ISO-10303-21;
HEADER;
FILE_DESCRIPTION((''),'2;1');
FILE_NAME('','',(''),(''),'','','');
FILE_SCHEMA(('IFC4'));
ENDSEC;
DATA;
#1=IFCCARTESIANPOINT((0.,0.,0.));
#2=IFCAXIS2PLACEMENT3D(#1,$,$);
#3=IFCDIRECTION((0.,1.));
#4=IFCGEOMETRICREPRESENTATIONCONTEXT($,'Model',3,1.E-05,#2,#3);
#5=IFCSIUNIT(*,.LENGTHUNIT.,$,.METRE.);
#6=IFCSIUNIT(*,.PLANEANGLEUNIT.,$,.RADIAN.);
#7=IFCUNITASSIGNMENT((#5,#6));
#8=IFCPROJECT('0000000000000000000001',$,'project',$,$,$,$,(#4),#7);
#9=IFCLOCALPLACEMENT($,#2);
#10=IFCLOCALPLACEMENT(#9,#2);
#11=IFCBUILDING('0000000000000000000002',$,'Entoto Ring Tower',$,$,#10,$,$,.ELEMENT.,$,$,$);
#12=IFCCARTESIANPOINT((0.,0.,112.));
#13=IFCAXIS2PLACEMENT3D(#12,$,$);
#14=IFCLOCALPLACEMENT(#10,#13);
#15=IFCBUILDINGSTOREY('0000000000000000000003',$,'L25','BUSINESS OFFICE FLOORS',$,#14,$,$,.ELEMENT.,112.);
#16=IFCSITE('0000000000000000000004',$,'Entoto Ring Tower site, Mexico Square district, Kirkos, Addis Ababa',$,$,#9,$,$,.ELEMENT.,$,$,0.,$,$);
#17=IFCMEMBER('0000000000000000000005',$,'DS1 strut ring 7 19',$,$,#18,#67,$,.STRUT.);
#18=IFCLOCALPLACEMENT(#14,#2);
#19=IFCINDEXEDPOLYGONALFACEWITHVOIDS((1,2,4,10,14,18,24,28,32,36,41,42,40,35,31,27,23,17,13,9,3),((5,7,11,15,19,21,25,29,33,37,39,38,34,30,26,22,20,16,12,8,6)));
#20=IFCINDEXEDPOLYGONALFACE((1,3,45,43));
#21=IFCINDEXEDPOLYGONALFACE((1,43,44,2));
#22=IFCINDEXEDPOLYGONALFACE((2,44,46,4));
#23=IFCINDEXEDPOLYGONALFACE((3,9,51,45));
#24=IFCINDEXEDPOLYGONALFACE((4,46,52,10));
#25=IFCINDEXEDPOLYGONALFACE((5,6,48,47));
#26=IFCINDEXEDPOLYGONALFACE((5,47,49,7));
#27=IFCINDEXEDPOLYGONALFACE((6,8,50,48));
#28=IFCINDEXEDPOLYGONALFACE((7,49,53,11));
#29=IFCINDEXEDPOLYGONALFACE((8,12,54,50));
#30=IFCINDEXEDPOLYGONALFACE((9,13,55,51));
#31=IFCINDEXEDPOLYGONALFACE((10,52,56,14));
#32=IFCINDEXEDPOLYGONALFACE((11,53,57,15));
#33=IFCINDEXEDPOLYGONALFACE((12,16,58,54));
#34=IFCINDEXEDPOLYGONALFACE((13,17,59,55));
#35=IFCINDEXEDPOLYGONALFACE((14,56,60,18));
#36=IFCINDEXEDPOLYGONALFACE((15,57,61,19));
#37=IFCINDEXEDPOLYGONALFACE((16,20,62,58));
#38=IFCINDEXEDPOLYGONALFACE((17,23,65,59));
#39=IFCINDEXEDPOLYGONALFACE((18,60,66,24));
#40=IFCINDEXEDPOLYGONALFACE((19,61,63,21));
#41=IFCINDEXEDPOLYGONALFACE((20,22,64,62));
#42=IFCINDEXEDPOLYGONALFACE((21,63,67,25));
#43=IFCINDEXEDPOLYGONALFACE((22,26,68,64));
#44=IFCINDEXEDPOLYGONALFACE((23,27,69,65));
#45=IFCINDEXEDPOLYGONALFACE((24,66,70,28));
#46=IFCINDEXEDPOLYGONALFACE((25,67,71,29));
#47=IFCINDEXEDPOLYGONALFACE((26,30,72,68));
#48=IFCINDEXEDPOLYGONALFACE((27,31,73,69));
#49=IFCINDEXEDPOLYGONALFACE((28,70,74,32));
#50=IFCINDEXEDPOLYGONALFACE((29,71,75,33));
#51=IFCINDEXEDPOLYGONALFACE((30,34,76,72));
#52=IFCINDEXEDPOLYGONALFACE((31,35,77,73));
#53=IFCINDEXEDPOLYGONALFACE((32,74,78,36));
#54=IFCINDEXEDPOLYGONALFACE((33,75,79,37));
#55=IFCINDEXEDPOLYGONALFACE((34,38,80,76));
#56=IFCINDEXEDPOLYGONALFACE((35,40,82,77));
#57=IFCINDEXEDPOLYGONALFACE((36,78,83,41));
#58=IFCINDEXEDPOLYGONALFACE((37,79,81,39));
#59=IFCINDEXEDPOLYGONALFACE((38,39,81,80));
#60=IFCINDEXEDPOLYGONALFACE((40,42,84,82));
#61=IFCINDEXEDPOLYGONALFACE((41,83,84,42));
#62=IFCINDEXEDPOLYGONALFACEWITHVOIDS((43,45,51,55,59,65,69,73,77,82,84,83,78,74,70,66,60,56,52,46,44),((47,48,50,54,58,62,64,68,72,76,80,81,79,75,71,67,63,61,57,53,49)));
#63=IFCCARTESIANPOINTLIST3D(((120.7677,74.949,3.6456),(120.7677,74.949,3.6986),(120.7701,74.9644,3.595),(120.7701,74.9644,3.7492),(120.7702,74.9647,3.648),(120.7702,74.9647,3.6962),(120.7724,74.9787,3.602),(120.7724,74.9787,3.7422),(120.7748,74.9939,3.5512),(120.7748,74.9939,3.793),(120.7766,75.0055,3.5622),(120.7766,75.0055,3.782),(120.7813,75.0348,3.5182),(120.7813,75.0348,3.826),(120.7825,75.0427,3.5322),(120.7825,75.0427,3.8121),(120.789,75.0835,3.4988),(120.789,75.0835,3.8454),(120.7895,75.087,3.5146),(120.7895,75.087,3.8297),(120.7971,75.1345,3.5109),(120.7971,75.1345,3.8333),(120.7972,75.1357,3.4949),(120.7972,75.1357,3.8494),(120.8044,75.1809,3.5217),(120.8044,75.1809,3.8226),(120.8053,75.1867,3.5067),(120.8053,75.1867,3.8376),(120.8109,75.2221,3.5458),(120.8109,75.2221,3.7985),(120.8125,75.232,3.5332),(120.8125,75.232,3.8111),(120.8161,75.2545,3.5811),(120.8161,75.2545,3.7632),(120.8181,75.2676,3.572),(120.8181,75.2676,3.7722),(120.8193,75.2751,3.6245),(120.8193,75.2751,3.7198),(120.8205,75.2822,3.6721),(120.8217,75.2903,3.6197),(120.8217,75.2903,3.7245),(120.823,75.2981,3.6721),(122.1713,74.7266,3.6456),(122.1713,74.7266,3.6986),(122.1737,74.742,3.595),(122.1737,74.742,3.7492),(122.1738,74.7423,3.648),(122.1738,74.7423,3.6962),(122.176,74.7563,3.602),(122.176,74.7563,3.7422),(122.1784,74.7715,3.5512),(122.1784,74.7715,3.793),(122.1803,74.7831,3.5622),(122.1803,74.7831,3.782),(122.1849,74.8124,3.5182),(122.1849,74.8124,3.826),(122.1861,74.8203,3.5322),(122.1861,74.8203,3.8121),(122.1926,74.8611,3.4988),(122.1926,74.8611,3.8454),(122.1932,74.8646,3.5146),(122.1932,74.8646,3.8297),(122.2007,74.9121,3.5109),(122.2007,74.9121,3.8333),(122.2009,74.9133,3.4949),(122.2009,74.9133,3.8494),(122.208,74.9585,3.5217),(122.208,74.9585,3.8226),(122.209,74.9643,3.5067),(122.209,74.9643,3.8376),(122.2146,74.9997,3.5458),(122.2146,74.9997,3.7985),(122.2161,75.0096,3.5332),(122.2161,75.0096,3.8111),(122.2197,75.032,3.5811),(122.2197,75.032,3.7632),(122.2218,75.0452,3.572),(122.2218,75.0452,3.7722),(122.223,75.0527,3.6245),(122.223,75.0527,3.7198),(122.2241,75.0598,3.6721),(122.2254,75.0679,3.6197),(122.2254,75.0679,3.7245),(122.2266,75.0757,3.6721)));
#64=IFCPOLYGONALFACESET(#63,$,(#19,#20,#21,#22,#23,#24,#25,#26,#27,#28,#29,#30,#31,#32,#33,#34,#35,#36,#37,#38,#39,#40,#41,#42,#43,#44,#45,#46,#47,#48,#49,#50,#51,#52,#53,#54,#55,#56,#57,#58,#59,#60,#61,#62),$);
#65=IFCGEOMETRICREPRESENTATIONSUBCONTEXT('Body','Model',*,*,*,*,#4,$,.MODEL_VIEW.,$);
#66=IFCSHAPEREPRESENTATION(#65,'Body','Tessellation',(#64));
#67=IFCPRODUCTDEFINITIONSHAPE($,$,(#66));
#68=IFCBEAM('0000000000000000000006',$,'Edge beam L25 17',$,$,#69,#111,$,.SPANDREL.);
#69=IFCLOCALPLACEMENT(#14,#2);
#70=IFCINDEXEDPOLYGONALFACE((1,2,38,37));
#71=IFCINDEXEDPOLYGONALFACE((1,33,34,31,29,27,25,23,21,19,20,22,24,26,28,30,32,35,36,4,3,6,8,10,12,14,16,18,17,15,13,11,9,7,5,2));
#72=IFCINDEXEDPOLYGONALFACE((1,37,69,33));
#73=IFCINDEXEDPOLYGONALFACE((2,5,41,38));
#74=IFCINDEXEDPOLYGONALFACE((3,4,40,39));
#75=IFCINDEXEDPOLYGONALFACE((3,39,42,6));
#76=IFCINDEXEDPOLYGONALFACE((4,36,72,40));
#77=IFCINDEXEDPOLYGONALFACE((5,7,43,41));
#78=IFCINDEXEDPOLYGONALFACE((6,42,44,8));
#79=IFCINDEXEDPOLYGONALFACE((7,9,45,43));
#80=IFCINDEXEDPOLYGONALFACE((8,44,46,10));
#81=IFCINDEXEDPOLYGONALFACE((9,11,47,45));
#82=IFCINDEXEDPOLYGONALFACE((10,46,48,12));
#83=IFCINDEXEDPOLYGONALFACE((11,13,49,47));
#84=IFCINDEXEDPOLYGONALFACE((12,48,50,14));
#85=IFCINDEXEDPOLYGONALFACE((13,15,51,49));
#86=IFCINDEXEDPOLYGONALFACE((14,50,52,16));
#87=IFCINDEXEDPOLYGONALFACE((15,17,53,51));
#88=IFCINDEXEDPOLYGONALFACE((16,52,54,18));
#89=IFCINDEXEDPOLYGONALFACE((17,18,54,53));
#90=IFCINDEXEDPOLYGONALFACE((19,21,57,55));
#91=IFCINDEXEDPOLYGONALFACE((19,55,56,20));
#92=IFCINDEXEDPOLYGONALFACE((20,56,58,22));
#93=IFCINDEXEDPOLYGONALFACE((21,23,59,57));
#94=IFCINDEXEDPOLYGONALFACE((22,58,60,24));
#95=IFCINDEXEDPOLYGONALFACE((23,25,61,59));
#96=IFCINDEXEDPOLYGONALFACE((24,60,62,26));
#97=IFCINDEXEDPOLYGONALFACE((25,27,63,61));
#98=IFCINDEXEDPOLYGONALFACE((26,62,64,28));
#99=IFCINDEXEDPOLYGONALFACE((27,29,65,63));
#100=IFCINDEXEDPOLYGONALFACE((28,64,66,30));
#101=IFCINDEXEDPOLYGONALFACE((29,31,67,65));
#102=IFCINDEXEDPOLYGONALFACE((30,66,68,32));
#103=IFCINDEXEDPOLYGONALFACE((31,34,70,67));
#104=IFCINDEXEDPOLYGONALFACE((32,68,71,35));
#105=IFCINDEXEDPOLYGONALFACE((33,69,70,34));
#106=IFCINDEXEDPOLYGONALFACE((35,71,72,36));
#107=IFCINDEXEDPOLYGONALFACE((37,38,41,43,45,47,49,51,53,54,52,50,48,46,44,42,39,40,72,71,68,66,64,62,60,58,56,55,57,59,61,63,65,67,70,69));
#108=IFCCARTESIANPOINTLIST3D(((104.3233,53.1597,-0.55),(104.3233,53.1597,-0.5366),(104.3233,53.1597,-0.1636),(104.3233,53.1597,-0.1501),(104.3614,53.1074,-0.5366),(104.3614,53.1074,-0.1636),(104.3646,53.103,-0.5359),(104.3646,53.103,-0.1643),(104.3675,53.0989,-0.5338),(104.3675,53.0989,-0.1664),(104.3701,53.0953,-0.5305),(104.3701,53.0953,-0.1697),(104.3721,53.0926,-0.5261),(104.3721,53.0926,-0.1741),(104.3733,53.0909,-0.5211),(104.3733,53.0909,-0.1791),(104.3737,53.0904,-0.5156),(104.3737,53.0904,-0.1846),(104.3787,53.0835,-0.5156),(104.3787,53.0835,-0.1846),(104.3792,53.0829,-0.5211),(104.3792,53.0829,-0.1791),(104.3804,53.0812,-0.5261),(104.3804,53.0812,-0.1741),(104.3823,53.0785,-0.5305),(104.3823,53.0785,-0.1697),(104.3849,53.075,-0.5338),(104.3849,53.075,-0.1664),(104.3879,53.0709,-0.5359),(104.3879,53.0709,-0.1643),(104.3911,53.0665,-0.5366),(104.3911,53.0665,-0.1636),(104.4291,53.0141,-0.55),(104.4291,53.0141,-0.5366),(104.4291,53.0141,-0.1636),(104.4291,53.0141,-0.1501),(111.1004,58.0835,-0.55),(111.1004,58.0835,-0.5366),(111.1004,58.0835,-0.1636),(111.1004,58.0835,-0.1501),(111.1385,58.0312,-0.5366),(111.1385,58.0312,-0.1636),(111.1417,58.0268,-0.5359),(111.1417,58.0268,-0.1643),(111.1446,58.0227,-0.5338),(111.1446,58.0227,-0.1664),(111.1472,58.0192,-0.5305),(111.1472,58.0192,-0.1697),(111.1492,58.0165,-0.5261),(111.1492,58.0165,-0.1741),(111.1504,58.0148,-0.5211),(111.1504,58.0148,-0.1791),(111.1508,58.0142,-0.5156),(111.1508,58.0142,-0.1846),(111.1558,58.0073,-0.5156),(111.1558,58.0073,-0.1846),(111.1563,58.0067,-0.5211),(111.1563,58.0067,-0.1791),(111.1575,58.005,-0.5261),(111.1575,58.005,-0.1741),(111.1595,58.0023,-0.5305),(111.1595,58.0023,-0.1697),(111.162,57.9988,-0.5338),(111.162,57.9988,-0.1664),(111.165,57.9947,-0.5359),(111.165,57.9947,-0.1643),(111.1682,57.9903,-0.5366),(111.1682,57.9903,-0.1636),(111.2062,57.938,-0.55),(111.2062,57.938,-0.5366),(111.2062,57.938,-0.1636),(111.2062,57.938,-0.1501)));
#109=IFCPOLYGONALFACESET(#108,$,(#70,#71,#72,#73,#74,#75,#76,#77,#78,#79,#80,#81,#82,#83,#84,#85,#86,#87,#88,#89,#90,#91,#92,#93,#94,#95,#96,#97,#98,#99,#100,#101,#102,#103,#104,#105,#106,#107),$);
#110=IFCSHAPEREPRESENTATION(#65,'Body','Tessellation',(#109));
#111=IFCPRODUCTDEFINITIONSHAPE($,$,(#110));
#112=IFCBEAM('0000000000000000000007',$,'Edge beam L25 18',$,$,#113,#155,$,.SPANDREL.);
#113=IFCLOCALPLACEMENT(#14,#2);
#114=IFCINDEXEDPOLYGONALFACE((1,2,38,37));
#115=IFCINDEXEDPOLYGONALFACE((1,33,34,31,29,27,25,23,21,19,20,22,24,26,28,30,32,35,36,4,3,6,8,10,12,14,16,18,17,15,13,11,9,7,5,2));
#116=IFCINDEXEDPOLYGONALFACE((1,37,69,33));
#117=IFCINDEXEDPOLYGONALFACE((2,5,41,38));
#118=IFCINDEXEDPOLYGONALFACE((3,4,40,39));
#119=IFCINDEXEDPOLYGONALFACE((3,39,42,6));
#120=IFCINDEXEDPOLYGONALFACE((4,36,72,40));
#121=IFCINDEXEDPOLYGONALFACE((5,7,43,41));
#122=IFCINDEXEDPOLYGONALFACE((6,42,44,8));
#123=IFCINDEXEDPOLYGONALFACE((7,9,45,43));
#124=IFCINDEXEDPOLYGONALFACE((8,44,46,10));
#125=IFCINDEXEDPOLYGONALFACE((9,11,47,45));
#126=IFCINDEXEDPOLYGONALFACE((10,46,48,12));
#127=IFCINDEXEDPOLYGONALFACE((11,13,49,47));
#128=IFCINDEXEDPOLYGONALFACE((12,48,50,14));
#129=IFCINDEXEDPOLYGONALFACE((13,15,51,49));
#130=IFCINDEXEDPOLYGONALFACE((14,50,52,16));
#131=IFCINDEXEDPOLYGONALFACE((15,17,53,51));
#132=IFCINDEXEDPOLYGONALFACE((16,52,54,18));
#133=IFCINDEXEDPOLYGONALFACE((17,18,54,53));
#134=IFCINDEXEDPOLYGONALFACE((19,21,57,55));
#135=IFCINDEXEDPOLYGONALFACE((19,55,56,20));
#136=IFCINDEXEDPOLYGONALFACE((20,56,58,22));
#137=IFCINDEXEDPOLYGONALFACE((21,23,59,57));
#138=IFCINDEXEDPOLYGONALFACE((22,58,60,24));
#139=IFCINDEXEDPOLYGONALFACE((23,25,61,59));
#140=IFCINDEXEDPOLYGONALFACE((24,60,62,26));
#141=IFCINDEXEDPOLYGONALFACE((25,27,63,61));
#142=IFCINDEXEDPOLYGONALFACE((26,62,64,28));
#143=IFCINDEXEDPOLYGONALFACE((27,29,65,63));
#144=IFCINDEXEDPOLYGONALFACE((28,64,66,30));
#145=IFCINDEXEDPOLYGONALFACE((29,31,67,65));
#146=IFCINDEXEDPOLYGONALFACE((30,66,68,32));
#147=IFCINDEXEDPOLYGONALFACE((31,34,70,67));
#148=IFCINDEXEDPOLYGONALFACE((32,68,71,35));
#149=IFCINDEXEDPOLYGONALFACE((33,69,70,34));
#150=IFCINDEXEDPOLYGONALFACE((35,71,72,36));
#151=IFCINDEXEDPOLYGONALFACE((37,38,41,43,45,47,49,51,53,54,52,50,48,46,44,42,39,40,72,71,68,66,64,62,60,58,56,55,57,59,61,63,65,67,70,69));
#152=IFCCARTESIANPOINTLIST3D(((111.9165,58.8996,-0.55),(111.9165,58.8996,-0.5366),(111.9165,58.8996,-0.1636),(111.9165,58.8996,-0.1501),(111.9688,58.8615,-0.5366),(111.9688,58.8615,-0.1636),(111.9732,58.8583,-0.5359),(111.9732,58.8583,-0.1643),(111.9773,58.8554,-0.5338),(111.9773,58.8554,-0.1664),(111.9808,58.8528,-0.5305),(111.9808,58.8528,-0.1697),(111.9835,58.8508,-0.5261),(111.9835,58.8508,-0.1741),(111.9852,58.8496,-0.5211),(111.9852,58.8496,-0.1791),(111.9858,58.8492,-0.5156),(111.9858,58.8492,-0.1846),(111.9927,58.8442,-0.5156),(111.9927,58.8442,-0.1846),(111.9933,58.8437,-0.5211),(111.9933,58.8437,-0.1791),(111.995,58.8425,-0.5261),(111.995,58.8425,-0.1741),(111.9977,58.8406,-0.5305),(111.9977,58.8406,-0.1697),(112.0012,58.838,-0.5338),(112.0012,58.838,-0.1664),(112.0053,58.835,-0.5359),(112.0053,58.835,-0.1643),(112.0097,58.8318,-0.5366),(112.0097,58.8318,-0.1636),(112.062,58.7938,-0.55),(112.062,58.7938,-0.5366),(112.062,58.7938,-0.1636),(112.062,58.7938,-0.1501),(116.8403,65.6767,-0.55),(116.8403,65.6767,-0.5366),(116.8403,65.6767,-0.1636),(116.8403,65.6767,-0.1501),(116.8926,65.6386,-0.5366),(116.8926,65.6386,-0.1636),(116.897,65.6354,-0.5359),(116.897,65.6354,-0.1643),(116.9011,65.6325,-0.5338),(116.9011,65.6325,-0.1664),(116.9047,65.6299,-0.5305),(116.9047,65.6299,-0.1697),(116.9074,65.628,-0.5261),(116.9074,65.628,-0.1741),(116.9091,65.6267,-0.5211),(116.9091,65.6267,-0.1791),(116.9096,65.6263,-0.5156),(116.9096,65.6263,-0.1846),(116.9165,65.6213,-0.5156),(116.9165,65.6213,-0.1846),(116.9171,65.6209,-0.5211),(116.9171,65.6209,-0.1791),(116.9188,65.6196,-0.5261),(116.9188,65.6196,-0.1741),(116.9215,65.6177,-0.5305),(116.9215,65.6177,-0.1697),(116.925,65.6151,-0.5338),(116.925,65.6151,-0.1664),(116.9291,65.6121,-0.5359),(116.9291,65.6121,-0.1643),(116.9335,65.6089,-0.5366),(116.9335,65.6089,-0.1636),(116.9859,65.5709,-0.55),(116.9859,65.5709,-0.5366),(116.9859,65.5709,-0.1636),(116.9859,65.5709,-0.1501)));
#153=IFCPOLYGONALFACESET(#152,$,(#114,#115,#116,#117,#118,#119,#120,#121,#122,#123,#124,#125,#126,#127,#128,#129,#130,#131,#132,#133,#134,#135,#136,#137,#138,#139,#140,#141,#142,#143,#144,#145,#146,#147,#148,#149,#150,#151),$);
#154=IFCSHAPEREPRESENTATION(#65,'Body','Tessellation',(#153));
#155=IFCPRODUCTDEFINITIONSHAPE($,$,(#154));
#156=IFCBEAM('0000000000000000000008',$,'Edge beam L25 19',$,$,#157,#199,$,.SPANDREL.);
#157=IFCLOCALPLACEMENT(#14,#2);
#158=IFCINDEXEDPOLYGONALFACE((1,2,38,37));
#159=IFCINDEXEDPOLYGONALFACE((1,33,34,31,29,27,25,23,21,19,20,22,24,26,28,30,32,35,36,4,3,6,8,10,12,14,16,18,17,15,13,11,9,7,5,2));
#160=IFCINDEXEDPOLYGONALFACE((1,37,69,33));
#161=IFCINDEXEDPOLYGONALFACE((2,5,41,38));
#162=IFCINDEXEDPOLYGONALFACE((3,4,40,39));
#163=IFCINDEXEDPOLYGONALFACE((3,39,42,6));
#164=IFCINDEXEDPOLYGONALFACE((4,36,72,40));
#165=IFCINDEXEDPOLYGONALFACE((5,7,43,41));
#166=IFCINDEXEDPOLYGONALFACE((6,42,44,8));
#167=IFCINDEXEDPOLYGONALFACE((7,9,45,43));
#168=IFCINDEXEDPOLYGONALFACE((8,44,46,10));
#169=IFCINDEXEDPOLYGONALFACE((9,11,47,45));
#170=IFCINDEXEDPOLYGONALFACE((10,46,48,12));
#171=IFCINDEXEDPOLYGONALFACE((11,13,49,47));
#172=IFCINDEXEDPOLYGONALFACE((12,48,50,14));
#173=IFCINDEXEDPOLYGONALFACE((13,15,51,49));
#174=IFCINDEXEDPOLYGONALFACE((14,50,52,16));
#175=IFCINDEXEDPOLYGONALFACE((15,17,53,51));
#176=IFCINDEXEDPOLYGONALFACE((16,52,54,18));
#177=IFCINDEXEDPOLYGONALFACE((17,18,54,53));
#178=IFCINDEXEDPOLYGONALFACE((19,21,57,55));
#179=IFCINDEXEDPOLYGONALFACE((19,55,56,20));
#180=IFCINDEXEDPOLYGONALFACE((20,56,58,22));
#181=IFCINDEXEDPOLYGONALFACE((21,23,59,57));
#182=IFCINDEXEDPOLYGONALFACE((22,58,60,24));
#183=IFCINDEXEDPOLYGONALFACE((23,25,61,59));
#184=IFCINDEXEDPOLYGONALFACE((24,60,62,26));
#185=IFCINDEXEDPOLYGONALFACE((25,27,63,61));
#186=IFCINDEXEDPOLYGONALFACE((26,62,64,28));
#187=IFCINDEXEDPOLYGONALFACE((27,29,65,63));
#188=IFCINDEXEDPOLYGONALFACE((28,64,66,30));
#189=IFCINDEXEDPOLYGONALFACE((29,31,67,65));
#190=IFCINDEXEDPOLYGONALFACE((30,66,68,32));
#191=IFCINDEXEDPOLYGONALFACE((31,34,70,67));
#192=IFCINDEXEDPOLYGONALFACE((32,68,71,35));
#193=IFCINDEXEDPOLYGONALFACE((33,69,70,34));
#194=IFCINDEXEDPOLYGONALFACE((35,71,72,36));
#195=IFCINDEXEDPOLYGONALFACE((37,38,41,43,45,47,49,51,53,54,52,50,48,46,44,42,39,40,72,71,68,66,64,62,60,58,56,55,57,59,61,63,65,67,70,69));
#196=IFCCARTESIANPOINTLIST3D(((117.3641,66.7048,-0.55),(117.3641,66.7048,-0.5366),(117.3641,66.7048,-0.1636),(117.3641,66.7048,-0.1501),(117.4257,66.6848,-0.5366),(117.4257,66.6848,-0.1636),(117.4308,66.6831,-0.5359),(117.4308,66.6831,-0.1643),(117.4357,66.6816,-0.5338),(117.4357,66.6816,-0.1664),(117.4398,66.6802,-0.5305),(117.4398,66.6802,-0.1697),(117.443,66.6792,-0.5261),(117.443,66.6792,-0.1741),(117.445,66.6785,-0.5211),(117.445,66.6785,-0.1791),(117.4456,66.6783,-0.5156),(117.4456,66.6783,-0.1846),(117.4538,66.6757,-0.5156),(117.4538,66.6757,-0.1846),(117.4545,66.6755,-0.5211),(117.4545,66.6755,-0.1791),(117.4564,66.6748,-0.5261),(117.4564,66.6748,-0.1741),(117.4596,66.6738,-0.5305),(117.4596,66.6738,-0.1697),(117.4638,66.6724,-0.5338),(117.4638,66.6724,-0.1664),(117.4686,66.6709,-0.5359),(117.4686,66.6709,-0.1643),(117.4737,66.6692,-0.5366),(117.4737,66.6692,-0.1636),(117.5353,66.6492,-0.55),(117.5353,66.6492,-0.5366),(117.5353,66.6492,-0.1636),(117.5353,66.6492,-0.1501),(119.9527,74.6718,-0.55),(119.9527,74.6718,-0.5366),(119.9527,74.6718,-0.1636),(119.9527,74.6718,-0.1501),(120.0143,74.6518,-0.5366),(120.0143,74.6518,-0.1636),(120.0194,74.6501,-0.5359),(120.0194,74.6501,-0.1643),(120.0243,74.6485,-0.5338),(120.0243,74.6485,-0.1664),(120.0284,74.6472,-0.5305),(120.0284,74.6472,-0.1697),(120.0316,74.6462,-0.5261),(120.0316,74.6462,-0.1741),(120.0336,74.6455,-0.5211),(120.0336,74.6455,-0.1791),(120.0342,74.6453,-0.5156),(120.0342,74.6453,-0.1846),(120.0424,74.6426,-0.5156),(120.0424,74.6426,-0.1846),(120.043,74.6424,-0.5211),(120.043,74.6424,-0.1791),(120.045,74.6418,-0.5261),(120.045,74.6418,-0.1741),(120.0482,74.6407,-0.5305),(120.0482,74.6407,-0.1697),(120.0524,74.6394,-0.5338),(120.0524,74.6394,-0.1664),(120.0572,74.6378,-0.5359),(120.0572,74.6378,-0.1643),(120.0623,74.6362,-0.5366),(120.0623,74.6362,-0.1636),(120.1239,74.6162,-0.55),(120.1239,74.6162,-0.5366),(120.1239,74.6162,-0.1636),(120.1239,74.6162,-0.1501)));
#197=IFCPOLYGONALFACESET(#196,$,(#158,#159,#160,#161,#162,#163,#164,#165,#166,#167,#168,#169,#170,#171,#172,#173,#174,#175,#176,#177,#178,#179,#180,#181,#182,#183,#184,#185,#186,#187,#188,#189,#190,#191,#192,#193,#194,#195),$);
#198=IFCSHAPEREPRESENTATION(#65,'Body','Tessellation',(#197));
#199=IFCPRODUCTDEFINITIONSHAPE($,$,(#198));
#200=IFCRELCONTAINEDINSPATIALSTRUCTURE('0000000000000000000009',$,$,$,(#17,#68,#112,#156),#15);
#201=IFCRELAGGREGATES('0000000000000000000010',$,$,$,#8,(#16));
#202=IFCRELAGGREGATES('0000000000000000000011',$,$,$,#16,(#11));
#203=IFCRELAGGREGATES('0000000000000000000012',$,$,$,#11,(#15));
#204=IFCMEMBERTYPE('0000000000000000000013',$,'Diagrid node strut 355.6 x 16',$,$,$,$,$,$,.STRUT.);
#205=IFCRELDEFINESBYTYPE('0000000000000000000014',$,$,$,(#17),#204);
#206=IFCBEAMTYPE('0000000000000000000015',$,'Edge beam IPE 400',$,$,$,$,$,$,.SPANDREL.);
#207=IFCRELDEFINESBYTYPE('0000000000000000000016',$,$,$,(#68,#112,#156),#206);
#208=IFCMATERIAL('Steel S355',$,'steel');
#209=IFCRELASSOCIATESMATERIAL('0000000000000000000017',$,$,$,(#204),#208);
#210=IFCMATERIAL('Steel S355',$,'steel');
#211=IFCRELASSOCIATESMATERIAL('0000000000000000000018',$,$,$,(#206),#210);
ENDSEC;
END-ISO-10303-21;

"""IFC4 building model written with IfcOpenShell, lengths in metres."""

from ifc_helpers import new_model, si_unit, direction, frame, origin, origin_2d, place, context, subcontext, project, spatial, circle, hollow_circle, i_section, extrude, material, material_profile, profile_set, type_object, element, save


model = new_model("IFC4")

# Units and contexts
model_context = context("Model", 3, precision=1e-05, world=origin(), true_north=direction((0.0, 1.0)))
body_context = subcontext(model_context, "Body", "Model", "MODEL_VIEW")
ifc_project = project(units=[si_unit("LENGTHUNIT", "METRE"), si_unit("PLANEANGLEUNIT", "RADIAN")], contexts=[model_context])

# Site, building, storey
site_placement = place(None, origin())
site = spatial("IfcSite", under=ifc_project, at=site_placement, Name="Entoto Ring Tower site, Mexico Square district, Kirkos, Addis Ababa", CompositionType="ELEMENT", RefElevation=0.0)
building_placement = place(site_placement, origin())
building = spatial("IfcBuilding", under=site, at=building_placement, Name="Entoto Ring Tower", CompositionType="ELEMENT")
storey_placement = place(building_placement, frame((0.0, 0.0, 112.0)))
storey = spatial("IfcBuildingStorey", under=building, at=storey_placement, Name="L25", Description="BUSINESS OFFICE FLOORS", CompositionType="ELEMENT", Elevation=112.0)

# Member
ifc_material_1 = material(Name="Steel S355", Category="steel")
ifc_material_profile_1 = material_profile(ifc_material_1, hollow_circle(Radius=0.1777, WallThickness=0.0161, at=origin_2d()), Name="CHS 355.6 x 16")
ifc_material_2 = material(Name="Concrete C60/75", Category="concrete")
ifc_material_profile_2 = material_profile(ifc_material_2, circle(Radius=0.1619, at=origin_2d()), Name="Concrete C60/75 infill")
ifc_profile_set_1 = profile_set([ifc_material_profile_1, ifc_material_profile_2], Name="Steel S355")
member_type = type_object("IfcMemberType", Name="Diagrid node strut 355.6 x 16", PredefinedType="STRUT", material=ifc_profile_set_1)
member_1_placement = place(storey_placement, frame((120.7952, 75.1226, 3.6721), z_axis=(0.987676, -0.15651, 0.0), x_axis=(0.15651, 0.987676, 0.0)))
element("IfcMember", 1, at=member_1_placement, inside=storey, type_object=member_type, Name="DS1 strut ring 7 19", PredefinedType="STRUT", context=body_context, shape_type="SweptSolid", body=[
    extrude(hollow_circle(Radius=0.1777, WallThickness=0.0161, at=origin_2d()), origin(), (0.0, 0.0, 1.0), 1.4211),
])

# Beams
ifc_material_3 = material(Name="Steel S355", Category="steel")
ifc_material_profile_3 = material_profile(ifc_material_3, i_section(OverallWidth=0.1799, OverallDepth=0.3999, WebThickness=0.0085, FlangeThickness=0.0134, FilletRadius=0.021, at=origin_2d()), Name="IPE 400")
ifc_profile_set_2 = profile_set([ifc_material_profile_3], Name="Steel S355")
beam_type_1 = type_object("IfcBeamType", Name="Edge beam IPE 400", PredefinedType="SPANDREL", material=ifc_profile_set_2)
for number, where, z_axis, x_axis, name in (
    (2, (104.3762, 53.0869, -0.3501), (0.809018, 0.587783, 0.0), (-0.587783, 0.809018, 0.0), "Edge beam L25 17"),
    (3, (111.9893, 58.8467, -0.3501), (0.587783, 0.809018, 0.0), (-0.809018, 0.587783, 0.0), "Edge beam L25 18"),
    (4, (117.4497, 66.677, -0.3501), (0.309014, 0.951057, 0.0), (-0.951057, 0.309014, 0.0), "Edge beam L25 19"),
):
    element("IfcBeam", number, at=place(storey_placement, frame(where, z_axis=z_axis, x_axis=x_axis)), inside=storey, type_object=beam_type_1, Name=name, PredefinedType="SPANDREL", context=body_context, shape_type="SweptSolid", body=[
        extrude(i_section(OverallWidth=0.1799, OverallDepth=0.3999, WebThickness=0.0085, FlangeThickness=0.0134, FilletRadius=0.021, at=origin_2d()), origin(), (0.0, 0.0, 1.0), 8.377),
    ])

save(model, "model.ifc")
